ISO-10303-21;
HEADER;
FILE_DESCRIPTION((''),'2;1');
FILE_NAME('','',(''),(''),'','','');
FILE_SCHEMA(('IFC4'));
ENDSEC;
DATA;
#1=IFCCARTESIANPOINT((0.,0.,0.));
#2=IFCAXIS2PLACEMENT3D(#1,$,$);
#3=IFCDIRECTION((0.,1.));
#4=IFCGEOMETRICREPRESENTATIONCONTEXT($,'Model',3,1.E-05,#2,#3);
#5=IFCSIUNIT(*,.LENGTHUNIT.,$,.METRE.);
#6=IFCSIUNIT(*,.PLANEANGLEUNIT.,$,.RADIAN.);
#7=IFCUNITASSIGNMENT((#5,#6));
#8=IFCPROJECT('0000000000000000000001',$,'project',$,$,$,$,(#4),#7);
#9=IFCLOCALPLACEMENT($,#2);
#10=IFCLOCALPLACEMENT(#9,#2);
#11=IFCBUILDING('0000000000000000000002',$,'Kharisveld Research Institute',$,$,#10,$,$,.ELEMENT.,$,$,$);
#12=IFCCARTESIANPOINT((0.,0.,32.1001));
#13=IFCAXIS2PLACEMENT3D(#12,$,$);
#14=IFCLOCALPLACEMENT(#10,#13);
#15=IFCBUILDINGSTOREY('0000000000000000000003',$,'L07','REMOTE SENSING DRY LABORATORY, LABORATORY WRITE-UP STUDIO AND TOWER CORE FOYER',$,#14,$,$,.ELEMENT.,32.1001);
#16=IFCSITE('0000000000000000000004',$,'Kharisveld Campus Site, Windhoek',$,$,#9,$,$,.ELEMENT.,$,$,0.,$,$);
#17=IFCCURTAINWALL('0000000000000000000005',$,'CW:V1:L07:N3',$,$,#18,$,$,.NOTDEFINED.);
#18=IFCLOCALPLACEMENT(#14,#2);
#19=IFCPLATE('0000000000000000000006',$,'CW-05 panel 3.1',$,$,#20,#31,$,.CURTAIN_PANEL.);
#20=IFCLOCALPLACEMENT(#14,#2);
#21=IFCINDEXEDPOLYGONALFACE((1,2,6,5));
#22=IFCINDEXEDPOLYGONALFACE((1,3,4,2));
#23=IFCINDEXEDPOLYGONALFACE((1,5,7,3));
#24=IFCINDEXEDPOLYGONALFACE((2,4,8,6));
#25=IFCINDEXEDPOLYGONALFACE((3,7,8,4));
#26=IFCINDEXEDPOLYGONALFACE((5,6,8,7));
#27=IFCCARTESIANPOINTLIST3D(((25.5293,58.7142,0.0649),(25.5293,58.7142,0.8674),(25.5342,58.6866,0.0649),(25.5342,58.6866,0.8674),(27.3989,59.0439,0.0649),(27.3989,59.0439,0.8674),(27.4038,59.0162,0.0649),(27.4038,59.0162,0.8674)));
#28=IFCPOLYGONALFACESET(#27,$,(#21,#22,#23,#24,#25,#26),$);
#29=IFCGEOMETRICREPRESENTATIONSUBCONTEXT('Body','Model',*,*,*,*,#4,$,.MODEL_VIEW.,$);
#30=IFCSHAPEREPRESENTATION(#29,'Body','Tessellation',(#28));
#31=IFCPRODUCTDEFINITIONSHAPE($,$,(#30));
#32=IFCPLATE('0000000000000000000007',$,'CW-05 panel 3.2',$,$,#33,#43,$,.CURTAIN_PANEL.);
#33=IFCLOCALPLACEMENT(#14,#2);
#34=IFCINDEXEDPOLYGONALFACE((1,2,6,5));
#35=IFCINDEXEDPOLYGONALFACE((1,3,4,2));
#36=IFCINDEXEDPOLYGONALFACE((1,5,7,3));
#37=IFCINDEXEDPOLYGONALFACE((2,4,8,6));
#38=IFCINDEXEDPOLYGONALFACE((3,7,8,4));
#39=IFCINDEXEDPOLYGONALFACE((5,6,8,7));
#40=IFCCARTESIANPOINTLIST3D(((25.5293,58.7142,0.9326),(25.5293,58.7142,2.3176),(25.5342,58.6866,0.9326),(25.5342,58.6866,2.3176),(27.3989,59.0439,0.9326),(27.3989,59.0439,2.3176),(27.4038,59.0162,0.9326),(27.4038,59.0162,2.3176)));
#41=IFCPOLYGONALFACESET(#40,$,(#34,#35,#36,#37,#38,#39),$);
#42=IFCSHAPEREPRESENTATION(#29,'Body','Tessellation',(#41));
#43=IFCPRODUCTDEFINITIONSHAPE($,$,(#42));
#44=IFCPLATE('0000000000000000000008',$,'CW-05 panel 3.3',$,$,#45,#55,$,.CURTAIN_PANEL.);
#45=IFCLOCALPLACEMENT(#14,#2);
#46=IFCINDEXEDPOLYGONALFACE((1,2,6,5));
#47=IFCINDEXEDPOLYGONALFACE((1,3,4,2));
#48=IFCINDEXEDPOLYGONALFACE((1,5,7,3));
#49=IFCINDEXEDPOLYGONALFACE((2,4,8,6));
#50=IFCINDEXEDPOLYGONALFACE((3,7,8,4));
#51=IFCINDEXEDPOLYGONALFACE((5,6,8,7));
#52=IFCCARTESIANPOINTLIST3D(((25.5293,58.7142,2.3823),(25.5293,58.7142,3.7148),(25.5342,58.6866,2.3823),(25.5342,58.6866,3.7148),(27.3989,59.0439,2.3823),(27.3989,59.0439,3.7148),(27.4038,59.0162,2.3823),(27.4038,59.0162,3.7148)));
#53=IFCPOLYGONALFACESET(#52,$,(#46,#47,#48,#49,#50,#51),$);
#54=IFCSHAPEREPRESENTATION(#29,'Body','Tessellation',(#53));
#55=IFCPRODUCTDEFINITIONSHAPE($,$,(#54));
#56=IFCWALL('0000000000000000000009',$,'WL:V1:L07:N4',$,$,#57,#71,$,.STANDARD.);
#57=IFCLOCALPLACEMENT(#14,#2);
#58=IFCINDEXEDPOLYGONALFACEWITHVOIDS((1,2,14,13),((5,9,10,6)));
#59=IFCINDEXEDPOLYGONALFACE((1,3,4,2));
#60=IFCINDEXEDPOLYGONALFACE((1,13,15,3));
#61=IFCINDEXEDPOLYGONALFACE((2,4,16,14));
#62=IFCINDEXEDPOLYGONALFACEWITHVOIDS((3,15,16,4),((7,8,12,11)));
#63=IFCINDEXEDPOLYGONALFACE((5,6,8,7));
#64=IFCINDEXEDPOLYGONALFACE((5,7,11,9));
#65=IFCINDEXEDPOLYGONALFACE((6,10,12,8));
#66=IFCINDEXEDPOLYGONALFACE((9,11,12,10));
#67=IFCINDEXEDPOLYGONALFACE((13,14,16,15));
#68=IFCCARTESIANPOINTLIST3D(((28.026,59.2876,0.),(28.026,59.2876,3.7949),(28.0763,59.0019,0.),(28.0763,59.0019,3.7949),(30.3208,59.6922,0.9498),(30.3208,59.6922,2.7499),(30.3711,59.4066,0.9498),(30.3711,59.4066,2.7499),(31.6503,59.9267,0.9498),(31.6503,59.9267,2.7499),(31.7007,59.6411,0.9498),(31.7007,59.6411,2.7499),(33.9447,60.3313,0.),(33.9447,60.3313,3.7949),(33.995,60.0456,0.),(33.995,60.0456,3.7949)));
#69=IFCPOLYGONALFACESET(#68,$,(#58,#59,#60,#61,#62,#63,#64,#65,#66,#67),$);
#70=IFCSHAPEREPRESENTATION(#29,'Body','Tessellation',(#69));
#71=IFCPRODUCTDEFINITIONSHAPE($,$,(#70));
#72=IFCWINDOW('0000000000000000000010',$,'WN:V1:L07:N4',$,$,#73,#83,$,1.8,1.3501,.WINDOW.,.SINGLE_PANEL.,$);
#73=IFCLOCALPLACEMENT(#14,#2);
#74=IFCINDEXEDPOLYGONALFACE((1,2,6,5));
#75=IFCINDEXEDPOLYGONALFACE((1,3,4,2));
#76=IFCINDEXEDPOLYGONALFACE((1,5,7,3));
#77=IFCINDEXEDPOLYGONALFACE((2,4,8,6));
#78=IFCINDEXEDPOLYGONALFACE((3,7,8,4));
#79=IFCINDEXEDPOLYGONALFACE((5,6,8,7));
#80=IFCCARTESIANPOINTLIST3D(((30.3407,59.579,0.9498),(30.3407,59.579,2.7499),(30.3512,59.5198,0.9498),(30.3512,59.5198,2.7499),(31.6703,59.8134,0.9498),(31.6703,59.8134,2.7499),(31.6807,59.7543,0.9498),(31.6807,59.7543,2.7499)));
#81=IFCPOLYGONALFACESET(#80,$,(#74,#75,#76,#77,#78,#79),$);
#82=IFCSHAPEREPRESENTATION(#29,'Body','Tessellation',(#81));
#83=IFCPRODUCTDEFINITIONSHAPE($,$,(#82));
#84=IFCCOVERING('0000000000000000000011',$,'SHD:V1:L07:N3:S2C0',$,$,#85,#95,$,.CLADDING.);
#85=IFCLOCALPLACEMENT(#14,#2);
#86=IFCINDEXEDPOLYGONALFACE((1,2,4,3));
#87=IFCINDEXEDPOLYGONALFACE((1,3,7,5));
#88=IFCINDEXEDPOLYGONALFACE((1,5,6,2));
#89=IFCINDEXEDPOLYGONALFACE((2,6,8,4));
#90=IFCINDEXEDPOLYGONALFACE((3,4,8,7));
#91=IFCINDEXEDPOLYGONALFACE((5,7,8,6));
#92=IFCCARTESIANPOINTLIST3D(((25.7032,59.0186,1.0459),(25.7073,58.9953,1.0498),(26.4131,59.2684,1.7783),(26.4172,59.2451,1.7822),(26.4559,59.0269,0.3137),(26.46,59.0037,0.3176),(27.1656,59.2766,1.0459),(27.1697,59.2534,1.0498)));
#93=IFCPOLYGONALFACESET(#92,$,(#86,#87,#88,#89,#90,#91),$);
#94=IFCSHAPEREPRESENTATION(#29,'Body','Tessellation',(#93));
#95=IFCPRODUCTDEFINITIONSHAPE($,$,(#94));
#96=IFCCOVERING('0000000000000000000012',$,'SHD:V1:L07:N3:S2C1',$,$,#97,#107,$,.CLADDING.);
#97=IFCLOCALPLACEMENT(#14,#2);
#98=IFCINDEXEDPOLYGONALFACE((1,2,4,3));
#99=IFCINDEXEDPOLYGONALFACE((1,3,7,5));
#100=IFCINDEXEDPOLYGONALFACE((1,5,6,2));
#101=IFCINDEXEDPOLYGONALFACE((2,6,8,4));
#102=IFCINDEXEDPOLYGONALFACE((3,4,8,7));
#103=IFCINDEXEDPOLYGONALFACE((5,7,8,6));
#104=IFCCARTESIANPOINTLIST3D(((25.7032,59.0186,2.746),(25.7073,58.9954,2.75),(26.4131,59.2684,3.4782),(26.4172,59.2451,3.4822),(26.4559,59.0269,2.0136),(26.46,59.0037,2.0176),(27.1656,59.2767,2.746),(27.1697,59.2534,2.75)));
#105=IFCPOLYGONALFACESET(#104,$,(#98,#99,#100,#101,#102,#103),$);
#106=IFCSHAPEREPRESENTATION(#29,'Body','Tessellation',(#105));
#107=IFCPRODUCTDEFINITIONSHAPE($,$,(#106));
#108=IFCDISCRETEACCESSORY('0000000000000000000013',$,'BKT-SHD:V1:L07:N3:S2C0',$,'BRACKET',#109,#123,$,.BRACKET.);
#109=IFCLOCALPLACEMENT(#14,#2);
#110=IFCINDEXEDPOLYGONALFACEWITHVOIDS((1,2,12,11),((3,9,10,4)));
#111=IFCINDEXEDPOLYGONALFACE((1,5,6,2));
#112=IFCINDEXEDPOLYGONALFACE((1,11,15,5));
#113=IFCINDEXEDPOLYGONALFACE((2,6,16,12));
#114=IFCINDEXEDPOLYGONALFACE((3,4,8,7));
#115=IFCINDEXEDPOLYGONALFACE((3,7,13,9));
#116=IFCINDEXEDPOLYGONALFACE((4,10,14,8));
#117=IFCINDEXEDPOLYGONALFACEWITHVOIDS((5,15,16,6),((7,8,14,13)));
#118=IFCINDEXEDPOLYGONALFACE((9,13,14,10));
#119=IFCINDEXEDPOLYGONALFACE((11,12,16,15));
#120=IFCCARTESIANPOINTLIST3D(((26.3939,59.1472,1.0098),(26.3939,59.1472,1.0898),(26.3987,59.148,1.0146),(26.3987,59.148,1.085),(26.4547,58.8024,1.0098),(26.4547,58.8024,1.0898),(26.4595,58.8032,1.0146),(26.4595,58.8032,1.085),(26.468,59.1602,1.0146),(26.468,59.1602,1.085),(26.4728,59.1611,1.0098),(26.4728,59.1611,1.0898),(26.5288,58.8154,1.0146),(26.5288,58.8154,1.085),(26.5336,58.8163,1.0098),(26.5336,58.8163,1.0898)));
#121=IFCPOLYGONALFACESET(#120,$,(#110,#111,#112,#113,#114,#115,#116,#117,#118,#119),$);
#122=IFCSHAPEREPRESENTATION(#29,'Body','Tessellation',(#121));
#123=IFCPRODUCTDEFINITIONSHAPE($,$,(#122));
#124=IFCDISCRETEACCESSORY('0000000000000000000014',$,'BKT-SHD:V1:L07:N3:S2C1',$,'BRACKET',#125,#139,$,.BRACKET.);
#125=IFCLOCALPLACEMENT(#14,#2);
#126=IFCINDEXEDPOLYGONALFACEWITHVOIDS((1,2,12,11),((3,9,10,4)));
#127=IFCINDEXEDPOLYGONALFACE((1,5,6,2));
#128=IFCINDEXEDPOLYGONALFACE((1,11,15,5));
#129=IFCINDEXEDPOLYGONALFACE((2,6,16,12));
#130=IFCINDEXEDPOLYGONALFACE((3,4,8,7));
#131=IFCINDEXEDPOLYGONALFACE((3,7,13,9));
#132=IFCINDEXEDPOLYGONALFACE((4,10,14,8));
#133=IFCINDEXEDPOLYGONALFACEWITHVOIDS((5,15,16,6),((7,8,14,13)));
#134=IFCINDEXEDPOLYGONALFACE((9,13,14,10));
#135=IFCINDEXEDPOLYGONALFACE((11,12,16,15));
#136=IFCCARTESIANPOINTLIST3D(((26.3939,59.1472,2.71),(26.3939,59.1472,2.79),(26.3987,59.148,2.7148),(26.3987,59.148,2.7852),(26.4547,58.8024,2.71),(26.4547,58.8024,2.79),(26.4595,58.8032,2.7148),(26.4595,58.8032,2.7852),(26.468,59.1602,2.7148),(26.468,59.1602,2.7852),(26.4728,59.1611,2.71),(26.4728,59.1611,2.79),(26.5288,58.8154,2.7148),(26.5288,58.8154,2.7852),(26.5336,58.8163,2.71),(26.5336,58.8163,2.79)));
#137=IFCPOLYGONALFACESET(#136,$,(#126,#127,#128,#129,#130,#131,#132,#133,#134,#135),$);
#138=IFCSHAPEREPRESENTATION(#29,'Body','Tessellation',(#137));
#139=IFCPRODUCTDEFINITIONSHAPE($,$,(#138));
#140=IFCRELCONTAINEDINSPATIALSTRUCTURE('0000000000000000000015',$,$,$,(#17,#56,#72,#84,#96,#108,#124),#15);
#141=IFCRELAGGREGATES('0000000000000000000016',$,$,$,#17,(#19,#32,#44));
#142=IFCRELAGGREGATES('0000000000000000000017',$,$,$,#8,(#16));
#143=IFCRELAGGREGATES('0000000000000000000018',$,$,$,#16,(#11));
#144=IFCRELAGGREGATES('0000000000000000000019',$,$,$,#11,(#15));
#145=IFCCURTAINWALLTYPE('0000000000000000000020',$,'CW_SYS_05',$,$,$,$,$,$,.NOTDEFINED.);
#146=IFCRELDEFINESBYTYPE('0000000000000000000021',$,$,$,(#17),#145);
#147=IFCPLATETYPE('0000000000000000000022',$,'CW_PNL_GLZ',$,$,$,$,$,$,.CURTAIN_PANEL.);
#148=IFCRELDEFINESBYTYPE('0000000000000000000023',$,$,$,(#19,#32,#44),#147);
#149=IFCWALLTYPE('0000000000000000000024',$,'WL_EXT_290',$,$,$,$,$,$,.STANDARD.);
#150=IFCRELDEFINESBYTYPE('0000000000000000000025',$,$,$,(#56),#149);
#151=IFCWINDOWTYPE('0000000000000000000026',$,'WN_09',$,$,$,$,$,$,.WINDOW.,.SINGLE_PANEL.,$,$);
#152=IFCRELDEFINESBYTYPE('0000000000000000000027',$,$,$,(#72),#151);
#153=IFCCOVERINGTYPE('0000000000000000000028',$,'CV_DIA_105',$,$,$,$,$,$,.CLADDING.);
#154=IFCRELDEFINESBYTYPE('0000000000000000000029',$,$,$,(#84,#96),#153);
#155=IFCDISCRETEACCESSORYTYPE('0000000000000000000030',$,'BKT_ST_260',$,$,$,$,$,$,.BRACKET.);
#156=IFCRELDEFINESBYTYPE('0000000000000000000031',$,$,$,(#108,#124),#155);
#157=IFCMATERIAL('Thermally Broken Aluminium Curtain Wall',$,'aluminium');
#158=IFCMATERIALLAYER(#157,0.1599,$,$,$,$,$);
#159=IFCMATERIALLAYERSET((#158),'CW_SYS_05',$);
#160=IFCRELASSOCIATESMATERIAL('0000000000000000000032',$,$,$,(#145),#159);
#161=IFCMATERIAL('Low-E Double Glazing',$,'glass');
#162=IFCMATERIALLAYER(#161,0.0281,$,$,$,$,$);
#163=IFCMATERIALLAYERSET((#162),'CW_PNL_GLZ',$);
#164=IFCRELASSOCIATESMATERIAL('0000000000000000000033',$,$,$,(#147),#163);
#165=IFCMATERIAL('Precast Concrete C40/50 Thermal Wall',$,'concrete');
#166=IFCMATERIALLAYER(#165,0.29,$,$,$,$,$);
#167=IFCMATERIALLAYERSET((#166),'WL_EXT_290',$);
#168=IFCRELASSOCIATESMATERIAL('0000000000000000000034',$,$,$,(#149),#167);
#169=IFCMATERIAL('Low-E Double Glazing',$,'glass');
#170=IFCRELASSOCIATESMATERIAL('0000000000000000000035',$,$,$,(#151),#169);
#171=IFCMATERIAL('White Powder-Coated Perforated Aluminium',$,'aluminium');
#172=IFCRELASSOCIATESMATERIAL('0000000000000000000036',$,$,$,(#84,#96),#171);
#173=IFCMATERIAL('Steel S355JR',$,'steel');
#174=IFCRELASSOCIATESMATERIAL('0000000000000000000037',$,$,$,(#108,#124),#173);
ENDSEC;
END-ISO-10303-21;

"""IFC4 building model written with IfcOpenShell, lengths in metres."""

from ifc_helpers import new_model, si_unit, direction, frame, frame_2d, origin, origin_2d, place, context, subcontext, project, spatial, polyline, rectangle, hollow_rectangle, outline, extrude, material, layer, layer_set, type_object, element, fill, aggregate, save


model = new_model("IFC4")

# Units and contexts
model_context = context("Model", 3, precision=1e-05, world=origin(), true_north=direction((0.0, 1.0)))
body_context = subcontext(model_context, "Body", "Model", "MODEL_VIEW")
ifc_project = project(units=[si_unit("LENGTHUNIT", "METRE"), si_unit("PLANEANGLEUNIT", "RADIAN")], contexts=[model_context])

# Site, building, storey
site_placement = place(None, origin())
site = spatial("IfcSite", under=ifc_project, at=site_placement, Name="Kharisveld Campus Site, Windhoek", CompositionType="ELEMENT", RefElevation=0.0)
building_placement = place(site_placement, origin())
building = spatial("IfcBuilding", under=site, at=building_placement, Name="Kharisveld Research Institute", CompositionType="ELEMENT")
storey_placement = place(building_placement, frame((0.0, 0.0, 32.1001)))
storey = spatial("IfcBuildingStorey", under=building, at=storey_placement, Name="L07", Description="REMOTE SENSING DRY LABORATORY, LABORATORY WRITE-UP STUDIO AND TOWER CORE FOYER", CompositionType="ELEMENT", Elevation=32.1001)

# Curtain wall
ifc_material_1 = material(Name="Thermally Broken Aluminium Curtain Wall", Category="aluminium")
ifc_layer_1 = layer(ifc_material_1, 0.1599)
ifc_layer_set_1 = layer_set([ifc_layer_1], Name="CW_SYS_05")
curtain_wall_type = type_object("IfcCurtainWallType", Name="CW_SYS_05", PredefinedType="NOTDEFINED", material=ifc_layer_set_1)
curtain_wall_placement = place(storey_placement, origin())
curtain_wall = element("IfcCurtainWall", 1, at=curtain_wall_placement, inside=storey, type_object=curtain_wall_type, Name="CW:V1:L07:N3", PredefinedType="NOTDEFINED")

# Plates
ifc_material_2 = material(Name="Low-E Double Glazing", Category="glass")
ifc_layer_2 = layer(ifc_material_2, 0.0281)
ifc_layer_set_2 = layer_set([ifc_layer_2], Name="CW_PNL_GLZ")
plate_type = type_object("IfcPlateType", Name="CW_PNL_GLZ", PredefinedType="CURTAIN_PANEL", material=ifc_layer_set_2)
plate_1_placement = place(storey_placement, frame((26.4666, 58.8652, 0.0649), z_axis=(0.0, 0.0, 1.0), x_axis=(0.984808, 0.173648, 0.0)))
plate_1 = element("IfcPlate", 2, at=plate_1_placement, type_object=plate_type, Name="CW-05 panel 3.1", PredefinedType="CURTAIN_PANEL", context=body_context, shape_type="SweptSolid", body=[
    extrude(rectangle(XDim=1.8984, YDim=0.0281, at=origin_2d()), origin(), (0.0, 0.0, 1.0), 0.8025),
])
plate_2_placement = place(storey_placement, frame((26.4666, 58.8652, 0.9326), z_axis=(0.0, 0.0, 1.0), x_axis=(0.984808, 0.173648, 0.0)))
plate_2 = element("IfcPlate", 3, at=plate_2_placement, type_object=plate_type, Name="CW-05 panel 3.2", PredefinedType="CURTAIN_PANEL", context=body_context, shape_type="SweptSolid", body=[
    extrude(rectangle(XDim=1.8984, YDim=0.0281, at=origin_2d()), origin(), (0.0, 0.0, 1.0), 1.385),
])
plate_3_placement = place(storey_placement, frame((26.4666, 58.8652, 2.3823), z_axis=(0.0, 0.0, 1.0), x_axis=(0.984808, 0.173648, 0.0)))
plate_3 = element("IfcPlate", 4, at=plate_3_placement, type_object=plate_type, Name="CW-05 panel 3.3", PredefinedType="CURTAIN_PANEL", context=body_context, shape_type="SweptSolid", body=[
    extrude(rectangle(XDim=1.8984, YDim=0.0281, at=origin_2d()), origin(), (0.0, 0.0, 1.0), 1.3325),
])
aggregate(curtain_wall, [plate_1, plate_2, plate_3])

# Wall, opening, window
ifc_material_3 = material(Name="Precast Concrete C40/50 Thermal Wall", Category="concrete")
ifc_layer_3 = layer(ifc_material_3, 0.29)
ifc_layer_set_3 = layer_set([ifc_layer_3], Name="WL_EXT_290")
wall_type = type_object("IfcWallType", Name="WL_EXT_290", PredefinedType="STANDARD", material=ifc_layer_set_3)
wall_placement = place(storey_placement, frame((28.0513, 59.1448, 0.0), z_axis=(0.0, 0.0, 1.0), x_axis=(0.984806, 0.17366, 0.0)))
wall = element("IfcWall", 5, at=wall_placement, inside=storey, type_object=wall_type, Name="WL:V1:L07:N4", PredefinedType="STANDARD", context=body_context, shape_type="SweptSolid", body=[
    extrude(rectangle(XDim=6.01, YDim=0.29, at=frame_2d((3.0049, 0.0))), origin(), (0.0, 0.0, 1.0), 3.7949),
])
opening_placement = place(wall_placement, frame((2.3301, 0.0, 0.95)))
opening = element("IfcOpeningElement", 6, at=opening_placement, cuts=wall, PredefinedType="OPENING", context=body_context, shape_type="SweptSolid", body=[
    extrude(rectangle(XDim=1.3501, YDim=1.8, at=frame_2d((0.675, 0.8999))), frame((0.0, 0.145, 0.0), z_axis=(0.0, -1.0, 0.0), x_axis=(1.0, 0.0, 0.0)), (0.0, 0.0, 1.0), 0.29),
])
ifc_material_4 = material(Name="Low-E Double Glazing", Category="glass")
window_type = type_object("IfcWindowType", Name="WN_09", PartitioningType="SINGLE_PANEL", PredefinedType="WINDOW", material=ifc_material_4)
window_placement = place(opening_placement, origin())
window = element("IfcWindow", 7, at=window_placement, inside=storey, type_object=window_type, Name="WN:V1:L07:N4", OverallHeight=1.8, OverallWidth=1.3501, PartitioningType="SINGLE_PANEL", PredefinedType="WINDOW", context=body_context, shape_type="SweptSolid", body=[
    extrude(rectangle(XDim=1.3501, YDim=1.8, at=frame_2d((0.675, 0.8999))), frame((0.0, 0.03, 0.0), z_axis=(0.0, -1.0, 0.0), x_axis=(1.0, 0.0, 0.0)), (0.0, 0.0, 1.0), 0.0601),
])
fill(opening, window)

# Coverings
ifc_material_5 = material(Name="White Powder-Coated Perforated Aluminium", Category="aluminium")
covering_type = type_object("IfcCoveringType", Name="CV_DIA_105", PredefinedType="CLADDING")
covering_1_placement = place(storey_placement, frame((26.46, 59.0037, 0.3176), z_axis=(0.171391, -0.971267, 0.165124), x_axis=(0.676032, 0.237861, 0.697426)))
element("IfcCovering", 8, at=covering_1_placement, inside=storey, type_object=covering_type, material=ifc_material_5, Name="SHD:V1:L07:N3:S2C0", PredefinedType="CLADDING", context=body_context, shape_type="SweptSolid", body=[
    extrude(outline(polyline([(0.0, 0.0), (1.0498, 0.0), (1.05, 1.0501), (-0.0002, 1.0501), (0.0, 0.0)])), origin(), (0.0, 0.0, -1.0), 0.0239),
])
covering_2_placement = place(storey_placement, frame((26.46, 59.0037, 2.0176), z_axis=(0.171391, -0.971267, 0.165124), x_axis=(0.675915, 0.23786, 0.697539)))
element("IfcCovering", 9, at=covering_2_placement, inside=storey, type_object=covering_type, material=ifc_material_5, Name="SHD:V1:L07:N3:S2C1", PredefinedType="CLADDING", context=body_context, shape_type="SweptSolid", body=[
    extrude(outline(polyline([(0.0, 0.0), (1.05, 0.0), (1.0502, 1.0499), (0.0002, 1.0503), (0.0, 0.0)])), origin(), (0.0, 0.0, -1.0), 0.0239),
])

# Discrete accessories
ifc_material_6 = material(Name="Steel S355JR", Category="steel")
discrete_accessory_type = type_object("IfcDiscreteAccessoryType", Name="BKT_ST_260", PredefinedType="BRACKET")
for number, where, z_axis, x_axis, name in (
    (10, (26.4941, 58.8093, 1.0498), (-0.173666, 0.984805, 0.0), (-0.984805, -0.173666, 0.0), "BKT-SHD:V1:L07:N3:S2C0"),
    (11, (26.4941, 58.8093, 2.75), (-0.173666, 0.984805, 0.0), (-0.984805, -0.173666, 0.0), "BKT-SHD:V1:L07:N3:S2C1"),
):
    element("IfcDiscreteAccessory", number, at=place(storey_placement, frame(where, z_axis=z_axis, x_axis=x_axis)), inside=storey, type_object=discrete_accessory_type, material=ifc_material_6, Name=name, ObjectType="BRACKET", PredefinedType="BRACKET", context=body_context, shape_type="SweptSolid", body=[
        extrude(hollow_rectangle(XDim=0.0801, YDim=0.0801, WallThickness=0.0049, at=origin_2d()), origin(), (0.0, 0.0, 1.0), 0.3501),
    ])

save(model, "model.ifc")
